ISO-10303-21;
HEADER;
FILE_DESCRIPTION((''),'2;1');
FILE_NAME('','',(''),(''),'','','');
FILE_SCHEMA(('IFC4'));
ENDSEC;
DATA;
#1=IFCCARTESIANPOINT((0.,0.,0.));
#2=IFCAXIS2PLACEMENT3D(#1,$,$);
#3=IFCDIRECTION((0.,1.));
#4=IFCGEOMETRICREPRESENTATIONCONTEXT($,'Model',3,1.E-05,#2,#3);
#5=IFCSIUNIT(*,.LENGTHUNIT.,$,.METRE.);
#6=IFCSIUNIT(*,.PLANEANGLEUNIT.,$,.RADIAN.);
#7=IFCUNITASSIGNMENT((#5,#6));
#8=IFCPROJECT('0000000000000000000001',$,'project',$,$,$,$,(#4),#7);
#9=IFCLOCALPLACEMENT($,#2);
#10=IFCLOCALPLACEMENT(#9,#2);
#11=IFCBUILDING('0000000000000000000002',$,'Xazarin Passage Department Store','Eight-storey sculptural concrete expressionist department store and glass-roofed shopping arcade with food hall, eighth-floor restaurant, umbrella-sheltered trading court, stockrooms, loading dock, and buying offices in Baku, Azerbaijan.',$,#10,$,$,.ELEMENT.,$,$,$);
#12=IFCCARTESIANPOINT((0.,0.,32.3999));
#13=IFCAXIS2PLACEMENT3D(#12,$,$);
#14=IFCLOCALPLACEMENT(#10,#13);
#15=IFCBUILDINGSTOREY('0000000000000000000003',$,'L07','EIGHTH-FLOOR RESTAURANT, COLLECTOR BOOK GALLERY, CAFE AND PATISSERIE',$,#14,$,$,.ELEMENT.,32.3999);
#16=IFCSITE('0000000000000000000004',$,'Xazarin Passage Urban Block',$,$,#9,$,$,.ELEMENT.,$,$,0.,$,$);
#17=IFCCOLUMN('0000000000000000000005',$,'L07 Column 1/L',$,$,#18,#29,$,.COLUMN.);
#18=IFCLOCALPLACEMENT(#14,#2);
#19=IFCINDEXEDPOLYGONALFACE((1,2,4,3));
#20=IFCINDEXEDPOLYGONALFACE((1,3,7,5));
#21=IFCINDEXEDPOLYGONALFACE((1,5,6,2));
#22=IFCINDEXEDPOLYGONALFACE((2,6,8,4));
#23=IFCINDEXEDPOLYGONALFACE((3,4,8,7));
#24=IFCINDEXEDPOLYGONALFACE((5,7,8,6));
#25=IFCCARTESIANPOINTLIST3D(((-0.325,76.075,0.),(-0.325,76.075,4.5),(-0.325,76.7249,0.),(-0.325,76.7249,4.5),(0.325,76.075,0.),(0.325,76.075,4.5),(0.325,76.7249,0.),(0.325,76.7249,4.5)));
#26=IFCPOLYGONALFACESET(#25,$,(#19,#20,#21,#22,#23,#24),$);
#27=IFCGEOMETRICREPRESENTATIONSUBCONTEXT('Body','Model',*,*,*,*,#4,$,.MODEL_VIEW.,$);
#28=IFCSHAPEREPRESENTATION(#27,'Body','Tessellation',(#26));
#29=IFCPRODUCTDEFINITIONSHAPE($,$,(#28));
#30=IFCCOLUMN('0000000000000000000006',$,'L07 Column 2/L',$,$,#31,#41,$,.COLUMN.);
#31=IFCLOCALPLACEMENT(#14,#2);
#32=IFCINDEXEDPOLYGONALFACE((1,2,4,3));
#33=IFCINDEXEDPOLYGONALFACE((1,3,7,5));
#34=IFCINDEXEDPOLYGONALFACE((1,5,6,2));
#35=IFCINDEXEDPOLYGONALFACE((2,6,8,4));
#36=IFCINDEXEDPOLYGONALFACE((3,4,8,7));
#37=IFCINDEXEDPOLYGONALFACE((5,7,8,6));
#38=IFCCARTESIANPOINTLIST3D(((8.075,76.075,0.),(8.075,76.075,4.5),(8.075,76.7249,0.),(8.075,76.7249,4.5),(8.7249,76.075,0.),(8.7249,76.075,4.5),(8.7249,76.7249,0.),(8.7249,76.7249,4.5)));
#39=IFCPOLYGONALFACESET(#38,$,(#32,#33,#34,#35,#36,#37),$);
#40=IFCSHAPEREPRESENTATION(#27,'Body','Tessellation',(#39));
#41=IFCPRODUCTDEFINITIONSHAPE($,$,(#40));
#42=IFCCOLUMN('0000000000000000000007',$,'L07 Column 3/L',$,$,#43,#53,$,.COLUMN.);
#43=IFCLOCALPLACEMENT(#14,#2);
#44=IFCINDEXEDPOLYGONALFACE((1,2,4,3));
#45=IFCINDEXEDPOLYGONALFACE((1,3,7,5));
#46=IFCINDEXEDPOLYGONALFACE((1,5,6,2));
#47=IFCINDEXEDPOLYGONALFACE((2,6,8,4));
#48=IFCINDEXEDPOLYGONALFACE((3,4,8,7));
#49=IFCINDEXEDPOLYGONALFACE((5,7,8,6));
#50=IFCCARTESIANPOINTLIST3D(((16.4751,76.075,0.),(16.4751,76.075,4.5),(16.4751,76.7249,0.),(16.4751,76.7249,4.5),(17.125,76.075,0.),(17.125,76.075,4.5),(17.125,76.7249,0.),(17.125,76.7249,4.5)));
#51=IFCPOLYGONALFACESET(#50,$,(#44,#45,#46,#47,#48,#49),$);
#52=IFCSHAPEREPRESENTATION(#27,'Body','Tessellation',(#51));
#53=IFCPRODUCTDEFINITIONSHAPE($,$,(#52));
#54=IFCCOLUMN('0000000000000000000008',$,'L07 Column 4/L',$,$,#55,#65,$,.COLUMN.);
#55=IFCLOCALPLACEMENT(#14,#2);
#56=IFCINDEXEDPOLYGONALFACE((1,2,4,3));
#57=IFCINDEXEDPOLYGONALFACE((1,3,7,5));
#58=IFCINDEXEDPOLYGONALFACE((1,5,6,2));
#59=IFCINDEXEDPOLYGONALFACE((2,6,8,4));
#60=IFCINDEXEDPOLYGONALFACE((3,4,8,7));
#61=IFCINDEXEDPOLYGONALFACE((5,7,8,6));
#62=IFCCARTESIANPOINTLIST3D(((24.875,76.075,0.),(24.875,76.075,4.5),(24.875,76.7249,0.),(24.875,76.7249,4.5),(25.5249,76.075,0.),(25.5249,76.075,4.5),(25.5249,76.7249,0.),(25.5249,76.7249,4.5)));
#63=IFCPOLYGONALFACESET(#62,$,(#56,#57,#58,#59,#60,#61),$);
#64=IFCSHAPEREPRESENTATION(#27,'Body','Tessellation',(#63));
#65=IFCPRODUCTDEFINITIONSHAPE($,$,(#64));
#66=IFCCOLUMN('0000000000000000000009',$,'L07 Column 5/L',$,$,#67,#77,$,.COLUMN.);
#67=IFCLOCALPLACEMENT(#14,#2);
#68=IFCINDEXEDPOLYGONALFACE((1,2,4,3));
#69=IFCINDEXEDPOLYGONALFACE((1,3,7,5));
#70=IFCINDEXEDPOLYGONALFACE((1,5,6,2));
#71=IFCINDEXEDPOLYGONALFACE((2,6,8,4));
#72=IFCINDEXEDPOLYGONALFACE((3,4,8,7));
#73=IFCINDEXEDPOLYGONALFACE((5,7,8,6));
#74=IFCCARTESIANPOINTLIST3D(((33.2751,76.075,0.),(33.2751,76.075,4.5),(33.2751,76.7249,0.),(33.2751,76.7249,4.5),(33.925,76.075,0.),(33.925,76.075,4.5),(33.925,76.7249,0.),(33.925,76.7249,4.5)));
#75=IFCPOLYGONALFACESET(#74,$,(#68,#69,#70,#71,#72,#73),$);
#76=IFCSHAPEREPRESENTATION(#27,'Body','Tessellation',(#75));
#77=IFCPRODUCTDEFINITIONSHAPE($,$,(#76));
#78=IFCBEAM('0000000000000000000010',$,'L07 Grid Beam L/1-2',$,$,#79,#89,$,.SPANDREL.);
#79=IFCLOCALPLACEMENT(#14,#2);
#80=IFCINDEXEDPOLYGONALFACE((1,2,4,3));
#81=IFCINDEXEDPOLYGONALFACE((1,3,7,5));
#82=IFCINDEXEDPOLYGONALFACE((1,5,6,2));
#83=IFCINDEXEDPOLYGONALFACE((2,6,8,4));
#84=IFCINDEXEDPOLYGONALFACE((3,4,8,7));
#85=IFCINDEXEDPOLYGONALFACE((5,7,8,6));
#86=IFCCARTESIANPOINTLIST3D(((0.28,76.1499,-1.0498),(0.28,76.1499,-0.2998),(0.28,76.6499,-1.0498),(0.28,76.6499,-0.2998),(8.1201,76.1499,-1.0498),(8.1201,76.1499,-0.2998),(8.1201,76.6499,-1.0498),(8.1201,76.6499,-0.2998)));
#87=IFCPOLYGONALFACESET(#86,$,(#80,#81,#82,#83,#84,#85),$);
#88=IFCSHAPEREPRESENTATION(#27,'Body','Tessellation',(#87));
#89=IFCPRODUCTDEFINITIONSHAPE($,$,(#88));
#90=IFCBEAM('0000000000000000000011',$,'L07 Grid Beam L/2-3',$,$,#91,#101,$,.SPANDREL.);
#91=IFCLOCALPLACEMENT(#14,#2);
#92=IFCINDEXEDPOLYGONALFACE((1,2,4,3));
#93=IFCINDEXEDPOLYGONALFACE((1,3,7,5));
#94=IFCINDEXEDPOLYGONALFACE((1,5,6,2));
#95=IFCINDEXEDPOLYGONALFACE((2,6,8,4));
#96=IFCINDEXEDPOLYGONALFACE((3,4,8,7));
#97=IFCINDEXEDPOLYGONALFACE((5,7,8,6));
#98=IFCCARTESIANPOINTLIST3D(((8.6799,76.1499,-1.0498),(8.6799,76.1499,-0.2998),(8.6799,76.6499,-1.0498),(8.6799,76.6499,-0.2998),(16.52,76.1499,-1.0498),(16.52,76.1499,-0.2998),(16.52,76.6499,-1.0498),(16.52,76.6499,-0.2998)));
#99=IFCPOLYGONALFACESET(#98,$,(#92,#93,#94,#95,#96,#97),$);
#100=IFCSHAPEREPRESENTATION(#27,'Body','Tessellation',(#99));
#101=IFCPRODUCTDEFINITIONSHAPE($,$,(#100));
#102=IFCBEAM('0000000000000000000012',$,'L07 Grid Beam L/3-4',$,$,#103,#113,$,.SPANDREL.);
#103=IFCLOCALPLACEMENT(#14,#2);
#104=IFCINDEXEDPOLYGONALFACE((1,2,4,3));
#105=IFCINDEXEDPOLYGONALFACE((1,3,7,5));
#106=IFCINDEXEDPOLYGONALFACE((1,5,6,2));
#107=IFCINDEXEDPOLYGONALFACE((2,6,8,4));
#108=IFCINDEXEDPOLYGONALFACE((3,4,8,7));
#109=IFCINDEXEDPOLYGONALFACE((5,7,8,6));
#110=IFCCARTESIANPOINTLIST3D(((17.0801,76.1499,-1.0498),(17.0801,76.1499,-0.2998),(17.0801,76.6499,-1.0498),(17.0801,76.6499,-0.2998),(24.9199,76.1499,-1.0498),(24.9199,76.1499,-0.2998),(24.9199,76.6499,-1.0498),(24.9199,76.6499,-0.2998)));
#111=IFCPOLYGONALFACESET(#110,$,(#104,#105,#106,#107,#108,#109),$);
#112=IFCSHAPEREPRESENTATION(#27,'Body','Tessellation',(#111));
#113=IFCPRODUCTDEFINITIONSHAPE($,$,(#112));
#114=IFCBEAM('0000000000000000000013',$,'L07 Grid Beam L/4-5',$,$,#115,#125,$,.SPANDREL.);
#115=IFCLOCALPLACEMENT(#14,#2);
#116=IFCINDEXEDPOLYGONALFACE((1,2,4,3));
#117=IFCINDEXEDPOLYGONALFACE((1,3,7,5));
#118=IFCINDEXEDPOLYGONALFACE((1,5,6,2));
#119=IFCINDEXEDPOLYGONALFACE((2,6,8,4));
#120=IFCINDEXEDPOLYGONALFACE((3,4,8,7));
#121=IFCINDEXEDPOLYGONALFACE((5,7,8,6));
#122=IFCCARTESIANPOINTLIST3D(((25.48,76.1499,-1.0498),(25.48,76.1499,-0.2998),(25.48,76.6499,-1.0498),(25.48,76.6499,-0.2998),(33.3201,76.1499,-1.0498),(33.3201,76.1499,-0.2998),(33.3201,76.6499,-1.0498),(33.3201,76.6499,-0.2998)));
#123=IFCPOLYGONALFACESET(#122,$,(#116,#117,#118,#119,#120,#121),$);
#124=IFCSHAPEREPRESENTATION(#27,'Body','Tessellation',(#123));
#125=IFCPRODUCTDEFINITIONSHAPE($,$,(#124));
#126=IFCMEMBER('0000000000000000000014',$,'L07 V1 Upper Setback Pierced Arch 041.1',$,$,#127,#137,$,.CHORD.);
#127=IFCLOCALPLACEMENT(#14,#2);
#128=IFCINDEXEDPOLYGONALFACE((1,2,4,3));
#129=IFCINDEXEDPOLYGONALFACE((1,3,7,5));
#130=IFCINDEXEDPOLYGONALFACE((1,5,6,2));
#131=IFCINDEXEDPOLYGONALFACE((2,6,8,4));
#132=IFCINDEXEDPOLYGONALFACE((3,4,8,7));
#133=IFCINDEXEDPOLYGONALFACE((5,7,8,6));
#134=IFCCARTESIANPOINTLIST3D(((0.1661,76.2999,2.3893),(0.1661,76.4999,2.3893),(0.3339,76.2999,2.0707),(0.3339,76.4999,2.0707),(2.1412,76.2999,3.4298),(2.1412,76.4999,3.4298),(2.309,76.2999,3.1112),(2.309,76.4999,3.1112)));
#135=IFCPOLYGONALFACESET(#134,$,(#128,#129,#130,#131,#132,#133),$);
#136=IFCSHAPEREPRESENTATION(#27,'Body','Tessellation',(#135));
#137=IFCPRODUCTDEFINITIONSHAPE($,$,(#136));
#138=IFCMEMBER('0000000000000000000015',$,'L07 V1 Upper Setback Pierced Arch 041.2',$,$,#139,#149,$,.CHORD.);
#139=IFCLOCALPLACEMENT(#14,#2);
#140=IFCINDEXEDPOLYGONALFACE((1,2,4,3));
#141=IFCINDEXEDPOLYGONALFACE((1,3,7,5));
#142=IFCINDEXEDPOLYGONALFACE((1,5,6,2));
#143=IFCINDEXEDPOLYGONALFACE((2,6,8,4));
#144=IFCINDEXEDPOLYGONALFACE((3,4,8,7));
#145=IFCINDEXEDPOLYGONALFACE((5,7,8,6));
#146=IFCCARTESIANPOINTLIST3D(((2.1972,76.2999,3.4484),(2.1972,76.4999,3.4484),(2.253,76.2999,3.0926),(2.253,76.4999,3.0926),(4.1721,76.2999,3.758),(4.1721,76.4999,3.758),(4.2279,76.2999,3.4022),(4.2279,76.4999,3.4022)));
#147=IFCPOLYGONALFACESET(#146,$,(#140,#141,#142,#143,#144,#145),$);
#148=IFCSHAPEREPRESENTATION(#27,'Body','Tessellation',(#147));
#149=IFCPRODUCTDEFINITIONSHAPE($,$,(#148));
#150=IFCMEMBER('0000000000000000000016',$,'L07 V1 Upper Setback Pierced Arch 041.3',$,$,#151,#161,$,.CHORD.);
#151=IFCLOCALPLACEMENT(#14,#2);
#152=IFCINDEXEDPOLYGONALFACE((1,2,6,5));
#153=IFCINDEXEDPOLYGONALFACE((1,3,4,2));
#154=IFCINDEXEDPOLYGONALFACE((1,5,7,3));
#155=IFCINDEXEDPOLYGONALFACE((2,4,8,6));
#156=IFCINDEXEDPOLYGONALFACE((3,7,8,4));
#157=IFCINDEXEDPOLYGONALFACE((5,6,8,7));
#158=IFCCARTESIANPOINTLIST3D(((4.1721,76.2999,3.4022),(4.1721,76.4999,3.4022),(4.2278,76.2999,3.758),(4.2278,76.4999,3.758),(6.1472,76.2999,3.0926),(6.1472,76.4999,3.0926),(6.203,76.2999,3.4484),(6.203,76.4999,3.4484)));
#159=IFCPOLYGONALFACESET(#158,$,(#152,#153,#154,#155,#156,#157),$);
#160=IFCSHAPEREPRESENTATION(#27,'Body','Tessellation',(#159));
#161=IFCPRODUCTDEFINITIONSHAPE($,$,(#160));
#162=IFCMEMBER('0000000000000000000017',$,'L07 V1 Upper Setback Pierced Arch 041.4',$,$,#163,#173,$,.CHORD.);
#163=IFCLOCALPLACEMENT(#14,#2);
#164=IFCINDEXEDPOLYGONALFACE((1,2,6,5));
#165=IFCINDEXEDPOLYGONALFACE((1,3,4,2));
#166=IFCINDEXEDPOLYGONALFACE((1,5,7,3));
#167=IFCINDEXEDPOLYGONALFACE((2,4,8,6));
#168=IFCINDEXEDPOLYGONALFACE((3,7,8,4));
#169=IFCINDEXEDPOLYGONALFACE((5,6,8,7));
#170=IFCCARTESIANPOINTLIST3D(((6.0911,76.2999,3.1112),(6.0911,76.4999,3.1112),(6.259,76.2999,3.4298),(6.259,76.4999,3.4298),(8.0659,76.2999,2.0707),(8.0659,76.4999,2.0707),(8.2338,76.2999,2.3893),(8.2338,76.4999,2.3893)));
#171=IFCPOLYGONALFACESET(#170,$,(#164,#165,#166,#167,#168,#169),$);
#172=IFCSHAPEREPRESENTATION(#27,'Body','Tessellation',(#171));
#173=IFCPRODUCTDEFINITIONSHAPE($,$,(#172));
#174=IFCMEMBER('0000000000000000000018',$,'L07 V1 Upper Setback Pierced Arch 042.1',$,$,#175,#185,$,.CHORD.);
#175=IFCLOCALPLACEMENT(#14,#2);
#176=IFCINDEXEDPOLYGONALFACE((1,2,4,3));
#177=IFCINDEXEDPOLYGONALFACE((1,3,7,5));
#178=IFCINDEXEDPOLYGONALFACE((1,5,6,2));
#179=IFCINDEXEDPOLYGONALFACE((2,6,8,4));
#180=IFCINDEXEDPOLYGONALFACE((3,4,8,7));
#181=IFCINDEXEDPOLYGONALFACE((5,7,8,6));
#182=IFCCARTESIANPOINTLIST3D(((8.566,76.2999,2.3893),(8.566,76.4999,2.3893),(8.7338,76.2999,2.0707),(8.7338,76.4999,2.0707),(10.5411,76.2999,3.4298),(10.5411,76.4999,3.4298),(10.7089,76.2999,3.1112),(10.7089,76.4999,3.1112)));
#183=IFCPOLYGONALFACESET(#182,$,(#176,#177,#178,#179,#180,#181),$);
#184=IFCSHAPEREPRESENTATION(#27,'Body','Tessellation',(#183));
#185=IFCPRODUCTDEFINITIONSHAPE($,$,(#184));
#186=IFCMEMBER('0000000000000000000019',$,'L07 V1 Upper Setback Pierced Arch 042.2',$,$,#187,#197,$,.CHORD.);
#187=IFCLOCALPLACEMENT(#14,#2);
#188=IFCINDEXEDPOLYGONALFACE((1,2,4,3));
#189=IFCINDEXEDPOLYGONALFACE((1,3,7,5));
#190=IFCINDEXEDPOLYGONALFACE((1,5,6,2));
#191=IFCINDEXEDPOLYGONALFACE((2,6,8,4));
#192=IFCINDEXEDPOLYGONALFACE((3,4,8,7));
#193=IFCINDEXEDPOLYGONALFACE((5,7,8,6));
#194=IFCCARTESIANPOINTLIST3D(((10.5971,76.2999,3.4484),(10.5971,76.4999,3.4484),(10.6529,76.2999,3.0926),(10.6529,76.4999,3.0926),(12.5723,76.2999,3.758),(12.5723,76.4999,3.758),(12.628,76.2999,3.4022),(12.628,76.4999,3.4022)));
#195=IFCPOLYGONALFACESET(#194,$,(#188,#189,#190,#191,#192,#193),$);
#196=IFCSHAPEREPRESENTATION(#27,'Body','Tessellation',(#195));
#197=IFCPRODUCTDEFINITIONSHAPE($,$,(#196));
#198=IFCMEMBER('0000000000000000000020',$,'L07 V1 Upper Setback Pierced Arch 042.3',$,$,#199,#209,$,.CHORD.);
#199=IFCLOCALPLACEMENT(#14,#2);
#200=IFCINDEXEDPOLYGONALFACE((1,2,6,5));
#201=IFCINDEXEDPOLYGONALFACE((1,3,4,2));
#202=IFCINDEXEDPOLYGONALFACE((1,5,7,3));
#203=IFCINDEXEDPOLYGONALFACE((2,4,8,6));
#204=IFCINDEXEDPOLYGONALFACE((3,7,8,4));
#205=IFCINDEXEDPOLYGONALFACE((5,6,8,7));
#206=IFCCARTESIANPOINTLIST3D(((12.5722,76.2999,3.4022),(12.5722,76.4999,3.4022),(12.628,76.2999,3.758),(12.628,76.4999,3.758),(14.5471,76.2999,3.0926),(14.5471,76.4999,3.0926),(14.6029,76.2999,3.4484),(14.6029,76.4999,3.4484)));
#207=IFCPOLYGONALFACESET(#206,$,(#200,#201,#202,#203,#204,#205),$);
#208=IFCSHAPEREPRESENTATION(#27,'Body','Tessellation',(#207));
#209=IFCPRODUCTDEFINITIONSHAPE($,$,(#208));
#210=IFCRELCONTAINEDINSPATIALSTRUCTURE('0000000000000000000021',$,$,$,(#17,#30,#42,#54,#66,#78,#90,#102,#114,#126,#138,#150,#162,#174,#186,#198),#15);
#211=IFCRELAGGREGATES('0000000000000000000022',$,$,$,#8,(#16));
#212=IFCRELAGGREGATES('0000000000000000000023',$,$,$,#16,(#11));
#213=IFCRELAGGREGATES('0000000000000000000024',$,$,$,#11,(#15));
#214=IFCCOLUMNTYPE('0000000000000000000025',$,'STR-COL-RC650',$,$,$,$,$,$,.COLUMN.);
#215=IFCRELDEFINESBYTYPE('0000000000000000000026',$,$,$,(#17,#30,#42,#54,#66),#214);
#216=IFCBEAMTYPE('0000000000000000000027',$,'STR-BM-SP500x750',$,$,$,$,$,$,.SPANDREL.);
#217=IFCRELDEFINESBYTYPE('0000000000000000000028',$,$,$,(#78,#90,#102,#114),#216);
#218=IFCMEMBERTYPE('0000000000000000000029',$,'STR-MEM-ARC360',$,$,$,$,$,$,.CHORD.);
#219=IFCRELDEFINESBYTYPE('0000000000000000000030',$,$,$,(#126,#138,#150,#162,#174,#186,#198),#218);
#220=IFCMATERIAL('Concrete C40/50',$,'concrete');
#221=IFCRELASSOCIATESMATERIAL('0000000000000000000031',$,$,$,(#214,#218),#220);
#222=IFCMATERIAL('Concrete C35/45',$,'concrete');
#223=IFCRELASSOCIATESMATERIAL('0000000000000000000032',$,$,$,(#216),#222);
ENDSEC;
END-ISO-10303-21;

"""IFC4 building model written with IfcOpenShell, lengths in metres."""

from ifc_helpers import new_model, si_unit, direction, frame, origin, origin_2d, place, context, subcontext, project, spatial, rectangle, extrude, material, material_profile, profile_set, type_object, element, save


model = new_model("IFC4")

# Units and contexts
model_context = context("Model", 3, precision=1e-05, world=origin(), true_north=direction((0.0, 1.0)))
body_context = subcontext(model_context, "Body", "Model", "MODEL_VIEW")
ifc_project = project(units=[si_unit("LENGTHUNIT", "METRE"), si_unit("PLANEANGLEUNIT", "RADIAN")], contexts=[model_context])

# Site, building, storey
site_placement = place(None, origin())
site = spatial("IfcSite", under=ifc_project, at=site_placement, Name="Xazarin Passage Urban Block", CompositionType="ELEMENT", RefElevation=0.0)
building_placement = place(site_placement, origin())
building = spatial("IfcBuilding", under=site, at=building_placement, Name="Xazarin Passage Department Store", Description="Eight-storey sculptural concrete expressionist department store and glass-roofed shopping arcade with food hall, eighth-floor restaurant, umbrella-sheltered trading court, stockrooms, loading dock, and buying offices in Baku, Azerbaijan.", CompositionType="ELEMENT")
storey_placement = place(building_placement, frame((0.0, 0.0, 32.3999)))
storey = spatial("IfcBuildingStorey", under=building, at=storey_placement, Name="L07", Description="EIGHTH-FLOOR RESTAURANT, COLLECTOR BOOK GALLERY, CAFE AND PATISSERIE", CompositionType="ELEMENT", Elevation=32.3999)

# Columns
ifc_material_1 = material(Name="Concrete C40/50", Category="concrete")
ifc_material_profile_1 = material_profile(ifc_material_1, rectangle(XDim=0.6499, YDim=0.6499, at=origin_2d()), Name="RC 650x650")
ifc_profile_set_1 = profile_set([ifc_material_profile_1], Name="Concrete C40/50")
column_type = type_object("IfcColumnType", Name="STR-COL-RC650", PredefinedType="COLUMN", material=ifc_profile_set_1)
for number, where, z_axis, x_axis, name in (
    (1, (0.0, 76.3999, 0.0), (0.0, 0.0, 1.0), (1.0, 0.0, 0.0), "L07 Column 1/L"),
    (2, (8.3999, 76.3999, 0.0), (0.0, 0.0, 1.0), (1.0, 0.0, 0.0), "L07 Column 2/L"),
    (3, (16.8, 76.3999, 0.0), (0.0, 0.0, 1.0), (1.0, 0.0, 0.0), "L07 Column 3/L"),
    (4, (25.2, 76.3999, 0.0), (0.0, 0.0, 1.0), (1.0, 0.0, 0.0), "L07 Column 4/L"),
    (5, (33.6001, 76.3999, 0.0), (0.0, 0.0, 1.0), (1.0, 0.0, 0.0), "L07 Column 5/L"),
):
    element("IfcColumn", number, at=place(storey_placement, frame(where, z_axis=z_axis, x_axis=x_axis)), inside=storey, type_object=column_type, Name=name, PredefinedType="COLUMN", context=body_context, shape_type="SweptSolid", body=[
        extrude(rectangle(XDim=0.6499, YDim=0.6499, at=origin_2d()), origin(), (0.0, 0.0, 1.0), 4.5),
    ])

# Beams
ifc_material_2 = material(Name="Concrete C35/45", Category="concrete")
ifc_material_profile_2 = material_profile(ifc_material_2, rectangle(XDim=0.5, YDim=0.75, at=origin_2d()), Name="RC 500x750")
ifc_profile_set_2 = profile_set([ifc_material_profile_2], Name="Concrete C35/45")
beam_type = type_object("IfcBeamType", Name="STR-BM-SP500x750", PredefinedType="SPANDREL", material=ifc_profile_set_2)
for number, where, z_axis, x_axis, name in (
    (6, (0.28, 76.3999, -0.6748), (1.0, 0.0, 0.0), (0.0, 1.0, 0.0), "L07 Grid Beam L/1-2"),
    (7, (8.6799, 76.3999, -0.6748), (1.0, 0.0, 0.0), (0.0, 1.0, 0.0), "L07 Grid Beam L/2-3"),
):
    element("IfcBeam", number, at=place(storey_placement, frame(where, z_axis=z_axis, x_axis=x_axis)), inside=storey, type_object=beam_type, Name=name, PredefinedType="SPANDREL", context=body_context, shape_type="SweptSolid", body=[
        extrude(rectangle(XDim=0.5, YDim=0.75, at=origin_2d()), origin(), (0.0, 0.0, 1.0), 7.8401),
    ])
beam_1_placement = place(storey_placement, frame((17.0801, 76.3999, -0.6748), z_axis=(1.0, 0.0, 0.0), x_axis=(0.0, 1.0, 0.0)))
element("IfcBeam", 8, at=beam_1_placement, inside=storey, type_object=beam_type, Name="L07 Grid Beam L/3-4", PredefinedType="SPANDREL", context=body_context, shape_type="SweptSolid", body=[
    extrude(rectangle(XDim=0.5, YDim=0.75, at=origin_2d()), origin(), (0.0, 0.0, 1.0), 7.8398),
])
beam_2_placement = place(storey_placement, frame((25.48, 76.3999, -0.6748), z_axis=(1.0, 0.0, 0.0), x_axis=(0.0, 1.0, 0.0)))
element("IfcBeam", 9, at=beam_2_placement, inside=storey, type_object=beam_type, Name="L07 Grid Beam L/4-5", PredefinedType="SPANDREL", context=body_context, shape_type="SweptSolid", body=[
    extrude(rectangle(XDim=0.5, YDim=0.75, at=origin_2d()), origin(), (0.0, 0.0, 1.0), 7.8401),
])

# Members
ifc_material_profile_3 = material_profile(ifc_material_1, rectangle(XDim=0.2, YDim=0.3601, at=origin_2d()), Name="RC 200x360")
ifc_profile_set_3 = profile_set([ifc_material_profile_3], Name="Concrete C40/50")
member_type = type_object("IfcMemberType", Name="STR-MEM-ARC360", PredefinedType="CHORD", material=ifc_profile_set_3)
member_1_placement = place(storey_placement, frame((0.25, 76.3999, 2.23), z_axis=(0.884733, 0.0, 0.466098), x_axis=(0.0, 1.0, 0.0)))
element("IfcMember", 10, at=member_1_placement, inside=storey, type_object=member_type, Name="L07 V1 Upper Setback Pierced Arch 041.1", PredefinedType="CHORD", context=body_context, shape_type="SweptSolid", body=[
    extrude(rectangle(XDim=0.2, YDim=0.3601, at=origin_2d()), origin(), (0.0, 0.0, 1.0), 2.2324),
])
member_2_placement = place(storey_placement, frame((2.2251, 76.3999, 3.2705), z_axis=(0.987936, 0.0, 0.154865), x_axis=(0.0, 1.0, 0.0)))
element("IfcMember", 11, at=member_2_placement, inside=storey, type_object=member_type, Name="L07 V1 Upper Setback Pierced Arch 041.2", PredefinedType="CHORD", context=body_context, shape_type="SweptSolid", body=[
    extrude(rectangle(XDim=0.2, YDim=0.3601, at=origin_2d()), origin(), (0.0, 0.0, 1.0), 1.999),
])
member_3_placement = place(storey_placement, frame((4.2, 76.3999, 3.5801), z_axis=(0.987939, 0.0, -0.154846), x_axis=(0.0, 1.0, 0.0)))
element("IfcMember", 12, at=member_3_placement, inside=storey, type_object=member_type, Name="L07 V1 Upper Setback Pierced Arch 041.3", PredefinedType="CHORD", context=body_context, shape_type="SweptSolid", body=[
    extrude(rectangle(XDim=0.2, YDim=0.3601, at=origin_2d()), origin(), (0.0, 0.0, 1.0), 1.9993),
])
member_4_placement = place(storey_placement, frame((6.175, 76.3999, 3.2705), z_axis=(0.884709, 0.0, -0.466143), x_axis=(0.0, 1.0, 0.0)))
element("IfcMember", 13, at=member_4_placement, inside=storey, type_object=member_type, Name="L07 V1 Upper Setback Pierced Arch 041.4", PredefinedType="CHORD", context=body_context, shape_type="SweptSolid", body=[
    extrude(rectangle(XDim=0.2, YDim=0.3601, at=origin_2d()), origin(), (0.0, 0.0, 1.0), 2.2322),
])
member_5_placement = place(storey_placement, frame((8.6499, 76.3999, 2.23), z_axis=(0.884733, 0.0, 0.466098), x_axis=(0.0, 1.0, 0.0)))
element("IfcMember", 14, at=member_5_placement, inside=storey, type_object=member_type, Name="L07 V1 Upper Setback Pierced Arch 042.1", PredefinedType="CHORD", context=body_context, shape_type="SweptSolid", body=[
    extrude(rectangle(XDim=0.2, YDim=0.3601, at=origin_2d()), origin(), (0.0, 0.0, 1.0), 2.2324),
])
member_6_placement = place(storey_placement, frame((10.625, 76.3999, 3.2705), z_axis=(0.987939, 0.0, 0.154846), x_axis=(0.0, 1.0, 0.0)))
element("IfcMember", 15, at=member_6_placement, inside=storey, type_object=member_type, Name="L07 V1 Upper Setback Pierced Arch 042.2", PredefinedType="CHORD", context=body_context, shape_type="SweptSolid", body=[
    extrude(rectangle(XDim=0.2, YDim=0.3601, at=origin_2d()), origin(), (0.0, 0.0, 1.0), 1.9993),
])
member_7_placement = place(storey_placement, frame((12.6001, 76.3999, 3.5801), z_axis=(0.987936, 0.0, -0.154865), x_axis=(0.0, 1.0, 0.0)))
element("IfcMember", 16, at=member_7_placement, inside=storey, type_object=member_type, Name="L07 V1 Upper Setback Pierced Arch 042.3", PredefinedType="CHORD", context=body_context, shape_type="SweptSolid", body=[
    extrude(rectangle(XDim=0.2, YDim=0.3601, at=origin_2d()), origin(), (0.0, 0.0, 1.0), 1.999),
])

save(model, "model.ifc")
